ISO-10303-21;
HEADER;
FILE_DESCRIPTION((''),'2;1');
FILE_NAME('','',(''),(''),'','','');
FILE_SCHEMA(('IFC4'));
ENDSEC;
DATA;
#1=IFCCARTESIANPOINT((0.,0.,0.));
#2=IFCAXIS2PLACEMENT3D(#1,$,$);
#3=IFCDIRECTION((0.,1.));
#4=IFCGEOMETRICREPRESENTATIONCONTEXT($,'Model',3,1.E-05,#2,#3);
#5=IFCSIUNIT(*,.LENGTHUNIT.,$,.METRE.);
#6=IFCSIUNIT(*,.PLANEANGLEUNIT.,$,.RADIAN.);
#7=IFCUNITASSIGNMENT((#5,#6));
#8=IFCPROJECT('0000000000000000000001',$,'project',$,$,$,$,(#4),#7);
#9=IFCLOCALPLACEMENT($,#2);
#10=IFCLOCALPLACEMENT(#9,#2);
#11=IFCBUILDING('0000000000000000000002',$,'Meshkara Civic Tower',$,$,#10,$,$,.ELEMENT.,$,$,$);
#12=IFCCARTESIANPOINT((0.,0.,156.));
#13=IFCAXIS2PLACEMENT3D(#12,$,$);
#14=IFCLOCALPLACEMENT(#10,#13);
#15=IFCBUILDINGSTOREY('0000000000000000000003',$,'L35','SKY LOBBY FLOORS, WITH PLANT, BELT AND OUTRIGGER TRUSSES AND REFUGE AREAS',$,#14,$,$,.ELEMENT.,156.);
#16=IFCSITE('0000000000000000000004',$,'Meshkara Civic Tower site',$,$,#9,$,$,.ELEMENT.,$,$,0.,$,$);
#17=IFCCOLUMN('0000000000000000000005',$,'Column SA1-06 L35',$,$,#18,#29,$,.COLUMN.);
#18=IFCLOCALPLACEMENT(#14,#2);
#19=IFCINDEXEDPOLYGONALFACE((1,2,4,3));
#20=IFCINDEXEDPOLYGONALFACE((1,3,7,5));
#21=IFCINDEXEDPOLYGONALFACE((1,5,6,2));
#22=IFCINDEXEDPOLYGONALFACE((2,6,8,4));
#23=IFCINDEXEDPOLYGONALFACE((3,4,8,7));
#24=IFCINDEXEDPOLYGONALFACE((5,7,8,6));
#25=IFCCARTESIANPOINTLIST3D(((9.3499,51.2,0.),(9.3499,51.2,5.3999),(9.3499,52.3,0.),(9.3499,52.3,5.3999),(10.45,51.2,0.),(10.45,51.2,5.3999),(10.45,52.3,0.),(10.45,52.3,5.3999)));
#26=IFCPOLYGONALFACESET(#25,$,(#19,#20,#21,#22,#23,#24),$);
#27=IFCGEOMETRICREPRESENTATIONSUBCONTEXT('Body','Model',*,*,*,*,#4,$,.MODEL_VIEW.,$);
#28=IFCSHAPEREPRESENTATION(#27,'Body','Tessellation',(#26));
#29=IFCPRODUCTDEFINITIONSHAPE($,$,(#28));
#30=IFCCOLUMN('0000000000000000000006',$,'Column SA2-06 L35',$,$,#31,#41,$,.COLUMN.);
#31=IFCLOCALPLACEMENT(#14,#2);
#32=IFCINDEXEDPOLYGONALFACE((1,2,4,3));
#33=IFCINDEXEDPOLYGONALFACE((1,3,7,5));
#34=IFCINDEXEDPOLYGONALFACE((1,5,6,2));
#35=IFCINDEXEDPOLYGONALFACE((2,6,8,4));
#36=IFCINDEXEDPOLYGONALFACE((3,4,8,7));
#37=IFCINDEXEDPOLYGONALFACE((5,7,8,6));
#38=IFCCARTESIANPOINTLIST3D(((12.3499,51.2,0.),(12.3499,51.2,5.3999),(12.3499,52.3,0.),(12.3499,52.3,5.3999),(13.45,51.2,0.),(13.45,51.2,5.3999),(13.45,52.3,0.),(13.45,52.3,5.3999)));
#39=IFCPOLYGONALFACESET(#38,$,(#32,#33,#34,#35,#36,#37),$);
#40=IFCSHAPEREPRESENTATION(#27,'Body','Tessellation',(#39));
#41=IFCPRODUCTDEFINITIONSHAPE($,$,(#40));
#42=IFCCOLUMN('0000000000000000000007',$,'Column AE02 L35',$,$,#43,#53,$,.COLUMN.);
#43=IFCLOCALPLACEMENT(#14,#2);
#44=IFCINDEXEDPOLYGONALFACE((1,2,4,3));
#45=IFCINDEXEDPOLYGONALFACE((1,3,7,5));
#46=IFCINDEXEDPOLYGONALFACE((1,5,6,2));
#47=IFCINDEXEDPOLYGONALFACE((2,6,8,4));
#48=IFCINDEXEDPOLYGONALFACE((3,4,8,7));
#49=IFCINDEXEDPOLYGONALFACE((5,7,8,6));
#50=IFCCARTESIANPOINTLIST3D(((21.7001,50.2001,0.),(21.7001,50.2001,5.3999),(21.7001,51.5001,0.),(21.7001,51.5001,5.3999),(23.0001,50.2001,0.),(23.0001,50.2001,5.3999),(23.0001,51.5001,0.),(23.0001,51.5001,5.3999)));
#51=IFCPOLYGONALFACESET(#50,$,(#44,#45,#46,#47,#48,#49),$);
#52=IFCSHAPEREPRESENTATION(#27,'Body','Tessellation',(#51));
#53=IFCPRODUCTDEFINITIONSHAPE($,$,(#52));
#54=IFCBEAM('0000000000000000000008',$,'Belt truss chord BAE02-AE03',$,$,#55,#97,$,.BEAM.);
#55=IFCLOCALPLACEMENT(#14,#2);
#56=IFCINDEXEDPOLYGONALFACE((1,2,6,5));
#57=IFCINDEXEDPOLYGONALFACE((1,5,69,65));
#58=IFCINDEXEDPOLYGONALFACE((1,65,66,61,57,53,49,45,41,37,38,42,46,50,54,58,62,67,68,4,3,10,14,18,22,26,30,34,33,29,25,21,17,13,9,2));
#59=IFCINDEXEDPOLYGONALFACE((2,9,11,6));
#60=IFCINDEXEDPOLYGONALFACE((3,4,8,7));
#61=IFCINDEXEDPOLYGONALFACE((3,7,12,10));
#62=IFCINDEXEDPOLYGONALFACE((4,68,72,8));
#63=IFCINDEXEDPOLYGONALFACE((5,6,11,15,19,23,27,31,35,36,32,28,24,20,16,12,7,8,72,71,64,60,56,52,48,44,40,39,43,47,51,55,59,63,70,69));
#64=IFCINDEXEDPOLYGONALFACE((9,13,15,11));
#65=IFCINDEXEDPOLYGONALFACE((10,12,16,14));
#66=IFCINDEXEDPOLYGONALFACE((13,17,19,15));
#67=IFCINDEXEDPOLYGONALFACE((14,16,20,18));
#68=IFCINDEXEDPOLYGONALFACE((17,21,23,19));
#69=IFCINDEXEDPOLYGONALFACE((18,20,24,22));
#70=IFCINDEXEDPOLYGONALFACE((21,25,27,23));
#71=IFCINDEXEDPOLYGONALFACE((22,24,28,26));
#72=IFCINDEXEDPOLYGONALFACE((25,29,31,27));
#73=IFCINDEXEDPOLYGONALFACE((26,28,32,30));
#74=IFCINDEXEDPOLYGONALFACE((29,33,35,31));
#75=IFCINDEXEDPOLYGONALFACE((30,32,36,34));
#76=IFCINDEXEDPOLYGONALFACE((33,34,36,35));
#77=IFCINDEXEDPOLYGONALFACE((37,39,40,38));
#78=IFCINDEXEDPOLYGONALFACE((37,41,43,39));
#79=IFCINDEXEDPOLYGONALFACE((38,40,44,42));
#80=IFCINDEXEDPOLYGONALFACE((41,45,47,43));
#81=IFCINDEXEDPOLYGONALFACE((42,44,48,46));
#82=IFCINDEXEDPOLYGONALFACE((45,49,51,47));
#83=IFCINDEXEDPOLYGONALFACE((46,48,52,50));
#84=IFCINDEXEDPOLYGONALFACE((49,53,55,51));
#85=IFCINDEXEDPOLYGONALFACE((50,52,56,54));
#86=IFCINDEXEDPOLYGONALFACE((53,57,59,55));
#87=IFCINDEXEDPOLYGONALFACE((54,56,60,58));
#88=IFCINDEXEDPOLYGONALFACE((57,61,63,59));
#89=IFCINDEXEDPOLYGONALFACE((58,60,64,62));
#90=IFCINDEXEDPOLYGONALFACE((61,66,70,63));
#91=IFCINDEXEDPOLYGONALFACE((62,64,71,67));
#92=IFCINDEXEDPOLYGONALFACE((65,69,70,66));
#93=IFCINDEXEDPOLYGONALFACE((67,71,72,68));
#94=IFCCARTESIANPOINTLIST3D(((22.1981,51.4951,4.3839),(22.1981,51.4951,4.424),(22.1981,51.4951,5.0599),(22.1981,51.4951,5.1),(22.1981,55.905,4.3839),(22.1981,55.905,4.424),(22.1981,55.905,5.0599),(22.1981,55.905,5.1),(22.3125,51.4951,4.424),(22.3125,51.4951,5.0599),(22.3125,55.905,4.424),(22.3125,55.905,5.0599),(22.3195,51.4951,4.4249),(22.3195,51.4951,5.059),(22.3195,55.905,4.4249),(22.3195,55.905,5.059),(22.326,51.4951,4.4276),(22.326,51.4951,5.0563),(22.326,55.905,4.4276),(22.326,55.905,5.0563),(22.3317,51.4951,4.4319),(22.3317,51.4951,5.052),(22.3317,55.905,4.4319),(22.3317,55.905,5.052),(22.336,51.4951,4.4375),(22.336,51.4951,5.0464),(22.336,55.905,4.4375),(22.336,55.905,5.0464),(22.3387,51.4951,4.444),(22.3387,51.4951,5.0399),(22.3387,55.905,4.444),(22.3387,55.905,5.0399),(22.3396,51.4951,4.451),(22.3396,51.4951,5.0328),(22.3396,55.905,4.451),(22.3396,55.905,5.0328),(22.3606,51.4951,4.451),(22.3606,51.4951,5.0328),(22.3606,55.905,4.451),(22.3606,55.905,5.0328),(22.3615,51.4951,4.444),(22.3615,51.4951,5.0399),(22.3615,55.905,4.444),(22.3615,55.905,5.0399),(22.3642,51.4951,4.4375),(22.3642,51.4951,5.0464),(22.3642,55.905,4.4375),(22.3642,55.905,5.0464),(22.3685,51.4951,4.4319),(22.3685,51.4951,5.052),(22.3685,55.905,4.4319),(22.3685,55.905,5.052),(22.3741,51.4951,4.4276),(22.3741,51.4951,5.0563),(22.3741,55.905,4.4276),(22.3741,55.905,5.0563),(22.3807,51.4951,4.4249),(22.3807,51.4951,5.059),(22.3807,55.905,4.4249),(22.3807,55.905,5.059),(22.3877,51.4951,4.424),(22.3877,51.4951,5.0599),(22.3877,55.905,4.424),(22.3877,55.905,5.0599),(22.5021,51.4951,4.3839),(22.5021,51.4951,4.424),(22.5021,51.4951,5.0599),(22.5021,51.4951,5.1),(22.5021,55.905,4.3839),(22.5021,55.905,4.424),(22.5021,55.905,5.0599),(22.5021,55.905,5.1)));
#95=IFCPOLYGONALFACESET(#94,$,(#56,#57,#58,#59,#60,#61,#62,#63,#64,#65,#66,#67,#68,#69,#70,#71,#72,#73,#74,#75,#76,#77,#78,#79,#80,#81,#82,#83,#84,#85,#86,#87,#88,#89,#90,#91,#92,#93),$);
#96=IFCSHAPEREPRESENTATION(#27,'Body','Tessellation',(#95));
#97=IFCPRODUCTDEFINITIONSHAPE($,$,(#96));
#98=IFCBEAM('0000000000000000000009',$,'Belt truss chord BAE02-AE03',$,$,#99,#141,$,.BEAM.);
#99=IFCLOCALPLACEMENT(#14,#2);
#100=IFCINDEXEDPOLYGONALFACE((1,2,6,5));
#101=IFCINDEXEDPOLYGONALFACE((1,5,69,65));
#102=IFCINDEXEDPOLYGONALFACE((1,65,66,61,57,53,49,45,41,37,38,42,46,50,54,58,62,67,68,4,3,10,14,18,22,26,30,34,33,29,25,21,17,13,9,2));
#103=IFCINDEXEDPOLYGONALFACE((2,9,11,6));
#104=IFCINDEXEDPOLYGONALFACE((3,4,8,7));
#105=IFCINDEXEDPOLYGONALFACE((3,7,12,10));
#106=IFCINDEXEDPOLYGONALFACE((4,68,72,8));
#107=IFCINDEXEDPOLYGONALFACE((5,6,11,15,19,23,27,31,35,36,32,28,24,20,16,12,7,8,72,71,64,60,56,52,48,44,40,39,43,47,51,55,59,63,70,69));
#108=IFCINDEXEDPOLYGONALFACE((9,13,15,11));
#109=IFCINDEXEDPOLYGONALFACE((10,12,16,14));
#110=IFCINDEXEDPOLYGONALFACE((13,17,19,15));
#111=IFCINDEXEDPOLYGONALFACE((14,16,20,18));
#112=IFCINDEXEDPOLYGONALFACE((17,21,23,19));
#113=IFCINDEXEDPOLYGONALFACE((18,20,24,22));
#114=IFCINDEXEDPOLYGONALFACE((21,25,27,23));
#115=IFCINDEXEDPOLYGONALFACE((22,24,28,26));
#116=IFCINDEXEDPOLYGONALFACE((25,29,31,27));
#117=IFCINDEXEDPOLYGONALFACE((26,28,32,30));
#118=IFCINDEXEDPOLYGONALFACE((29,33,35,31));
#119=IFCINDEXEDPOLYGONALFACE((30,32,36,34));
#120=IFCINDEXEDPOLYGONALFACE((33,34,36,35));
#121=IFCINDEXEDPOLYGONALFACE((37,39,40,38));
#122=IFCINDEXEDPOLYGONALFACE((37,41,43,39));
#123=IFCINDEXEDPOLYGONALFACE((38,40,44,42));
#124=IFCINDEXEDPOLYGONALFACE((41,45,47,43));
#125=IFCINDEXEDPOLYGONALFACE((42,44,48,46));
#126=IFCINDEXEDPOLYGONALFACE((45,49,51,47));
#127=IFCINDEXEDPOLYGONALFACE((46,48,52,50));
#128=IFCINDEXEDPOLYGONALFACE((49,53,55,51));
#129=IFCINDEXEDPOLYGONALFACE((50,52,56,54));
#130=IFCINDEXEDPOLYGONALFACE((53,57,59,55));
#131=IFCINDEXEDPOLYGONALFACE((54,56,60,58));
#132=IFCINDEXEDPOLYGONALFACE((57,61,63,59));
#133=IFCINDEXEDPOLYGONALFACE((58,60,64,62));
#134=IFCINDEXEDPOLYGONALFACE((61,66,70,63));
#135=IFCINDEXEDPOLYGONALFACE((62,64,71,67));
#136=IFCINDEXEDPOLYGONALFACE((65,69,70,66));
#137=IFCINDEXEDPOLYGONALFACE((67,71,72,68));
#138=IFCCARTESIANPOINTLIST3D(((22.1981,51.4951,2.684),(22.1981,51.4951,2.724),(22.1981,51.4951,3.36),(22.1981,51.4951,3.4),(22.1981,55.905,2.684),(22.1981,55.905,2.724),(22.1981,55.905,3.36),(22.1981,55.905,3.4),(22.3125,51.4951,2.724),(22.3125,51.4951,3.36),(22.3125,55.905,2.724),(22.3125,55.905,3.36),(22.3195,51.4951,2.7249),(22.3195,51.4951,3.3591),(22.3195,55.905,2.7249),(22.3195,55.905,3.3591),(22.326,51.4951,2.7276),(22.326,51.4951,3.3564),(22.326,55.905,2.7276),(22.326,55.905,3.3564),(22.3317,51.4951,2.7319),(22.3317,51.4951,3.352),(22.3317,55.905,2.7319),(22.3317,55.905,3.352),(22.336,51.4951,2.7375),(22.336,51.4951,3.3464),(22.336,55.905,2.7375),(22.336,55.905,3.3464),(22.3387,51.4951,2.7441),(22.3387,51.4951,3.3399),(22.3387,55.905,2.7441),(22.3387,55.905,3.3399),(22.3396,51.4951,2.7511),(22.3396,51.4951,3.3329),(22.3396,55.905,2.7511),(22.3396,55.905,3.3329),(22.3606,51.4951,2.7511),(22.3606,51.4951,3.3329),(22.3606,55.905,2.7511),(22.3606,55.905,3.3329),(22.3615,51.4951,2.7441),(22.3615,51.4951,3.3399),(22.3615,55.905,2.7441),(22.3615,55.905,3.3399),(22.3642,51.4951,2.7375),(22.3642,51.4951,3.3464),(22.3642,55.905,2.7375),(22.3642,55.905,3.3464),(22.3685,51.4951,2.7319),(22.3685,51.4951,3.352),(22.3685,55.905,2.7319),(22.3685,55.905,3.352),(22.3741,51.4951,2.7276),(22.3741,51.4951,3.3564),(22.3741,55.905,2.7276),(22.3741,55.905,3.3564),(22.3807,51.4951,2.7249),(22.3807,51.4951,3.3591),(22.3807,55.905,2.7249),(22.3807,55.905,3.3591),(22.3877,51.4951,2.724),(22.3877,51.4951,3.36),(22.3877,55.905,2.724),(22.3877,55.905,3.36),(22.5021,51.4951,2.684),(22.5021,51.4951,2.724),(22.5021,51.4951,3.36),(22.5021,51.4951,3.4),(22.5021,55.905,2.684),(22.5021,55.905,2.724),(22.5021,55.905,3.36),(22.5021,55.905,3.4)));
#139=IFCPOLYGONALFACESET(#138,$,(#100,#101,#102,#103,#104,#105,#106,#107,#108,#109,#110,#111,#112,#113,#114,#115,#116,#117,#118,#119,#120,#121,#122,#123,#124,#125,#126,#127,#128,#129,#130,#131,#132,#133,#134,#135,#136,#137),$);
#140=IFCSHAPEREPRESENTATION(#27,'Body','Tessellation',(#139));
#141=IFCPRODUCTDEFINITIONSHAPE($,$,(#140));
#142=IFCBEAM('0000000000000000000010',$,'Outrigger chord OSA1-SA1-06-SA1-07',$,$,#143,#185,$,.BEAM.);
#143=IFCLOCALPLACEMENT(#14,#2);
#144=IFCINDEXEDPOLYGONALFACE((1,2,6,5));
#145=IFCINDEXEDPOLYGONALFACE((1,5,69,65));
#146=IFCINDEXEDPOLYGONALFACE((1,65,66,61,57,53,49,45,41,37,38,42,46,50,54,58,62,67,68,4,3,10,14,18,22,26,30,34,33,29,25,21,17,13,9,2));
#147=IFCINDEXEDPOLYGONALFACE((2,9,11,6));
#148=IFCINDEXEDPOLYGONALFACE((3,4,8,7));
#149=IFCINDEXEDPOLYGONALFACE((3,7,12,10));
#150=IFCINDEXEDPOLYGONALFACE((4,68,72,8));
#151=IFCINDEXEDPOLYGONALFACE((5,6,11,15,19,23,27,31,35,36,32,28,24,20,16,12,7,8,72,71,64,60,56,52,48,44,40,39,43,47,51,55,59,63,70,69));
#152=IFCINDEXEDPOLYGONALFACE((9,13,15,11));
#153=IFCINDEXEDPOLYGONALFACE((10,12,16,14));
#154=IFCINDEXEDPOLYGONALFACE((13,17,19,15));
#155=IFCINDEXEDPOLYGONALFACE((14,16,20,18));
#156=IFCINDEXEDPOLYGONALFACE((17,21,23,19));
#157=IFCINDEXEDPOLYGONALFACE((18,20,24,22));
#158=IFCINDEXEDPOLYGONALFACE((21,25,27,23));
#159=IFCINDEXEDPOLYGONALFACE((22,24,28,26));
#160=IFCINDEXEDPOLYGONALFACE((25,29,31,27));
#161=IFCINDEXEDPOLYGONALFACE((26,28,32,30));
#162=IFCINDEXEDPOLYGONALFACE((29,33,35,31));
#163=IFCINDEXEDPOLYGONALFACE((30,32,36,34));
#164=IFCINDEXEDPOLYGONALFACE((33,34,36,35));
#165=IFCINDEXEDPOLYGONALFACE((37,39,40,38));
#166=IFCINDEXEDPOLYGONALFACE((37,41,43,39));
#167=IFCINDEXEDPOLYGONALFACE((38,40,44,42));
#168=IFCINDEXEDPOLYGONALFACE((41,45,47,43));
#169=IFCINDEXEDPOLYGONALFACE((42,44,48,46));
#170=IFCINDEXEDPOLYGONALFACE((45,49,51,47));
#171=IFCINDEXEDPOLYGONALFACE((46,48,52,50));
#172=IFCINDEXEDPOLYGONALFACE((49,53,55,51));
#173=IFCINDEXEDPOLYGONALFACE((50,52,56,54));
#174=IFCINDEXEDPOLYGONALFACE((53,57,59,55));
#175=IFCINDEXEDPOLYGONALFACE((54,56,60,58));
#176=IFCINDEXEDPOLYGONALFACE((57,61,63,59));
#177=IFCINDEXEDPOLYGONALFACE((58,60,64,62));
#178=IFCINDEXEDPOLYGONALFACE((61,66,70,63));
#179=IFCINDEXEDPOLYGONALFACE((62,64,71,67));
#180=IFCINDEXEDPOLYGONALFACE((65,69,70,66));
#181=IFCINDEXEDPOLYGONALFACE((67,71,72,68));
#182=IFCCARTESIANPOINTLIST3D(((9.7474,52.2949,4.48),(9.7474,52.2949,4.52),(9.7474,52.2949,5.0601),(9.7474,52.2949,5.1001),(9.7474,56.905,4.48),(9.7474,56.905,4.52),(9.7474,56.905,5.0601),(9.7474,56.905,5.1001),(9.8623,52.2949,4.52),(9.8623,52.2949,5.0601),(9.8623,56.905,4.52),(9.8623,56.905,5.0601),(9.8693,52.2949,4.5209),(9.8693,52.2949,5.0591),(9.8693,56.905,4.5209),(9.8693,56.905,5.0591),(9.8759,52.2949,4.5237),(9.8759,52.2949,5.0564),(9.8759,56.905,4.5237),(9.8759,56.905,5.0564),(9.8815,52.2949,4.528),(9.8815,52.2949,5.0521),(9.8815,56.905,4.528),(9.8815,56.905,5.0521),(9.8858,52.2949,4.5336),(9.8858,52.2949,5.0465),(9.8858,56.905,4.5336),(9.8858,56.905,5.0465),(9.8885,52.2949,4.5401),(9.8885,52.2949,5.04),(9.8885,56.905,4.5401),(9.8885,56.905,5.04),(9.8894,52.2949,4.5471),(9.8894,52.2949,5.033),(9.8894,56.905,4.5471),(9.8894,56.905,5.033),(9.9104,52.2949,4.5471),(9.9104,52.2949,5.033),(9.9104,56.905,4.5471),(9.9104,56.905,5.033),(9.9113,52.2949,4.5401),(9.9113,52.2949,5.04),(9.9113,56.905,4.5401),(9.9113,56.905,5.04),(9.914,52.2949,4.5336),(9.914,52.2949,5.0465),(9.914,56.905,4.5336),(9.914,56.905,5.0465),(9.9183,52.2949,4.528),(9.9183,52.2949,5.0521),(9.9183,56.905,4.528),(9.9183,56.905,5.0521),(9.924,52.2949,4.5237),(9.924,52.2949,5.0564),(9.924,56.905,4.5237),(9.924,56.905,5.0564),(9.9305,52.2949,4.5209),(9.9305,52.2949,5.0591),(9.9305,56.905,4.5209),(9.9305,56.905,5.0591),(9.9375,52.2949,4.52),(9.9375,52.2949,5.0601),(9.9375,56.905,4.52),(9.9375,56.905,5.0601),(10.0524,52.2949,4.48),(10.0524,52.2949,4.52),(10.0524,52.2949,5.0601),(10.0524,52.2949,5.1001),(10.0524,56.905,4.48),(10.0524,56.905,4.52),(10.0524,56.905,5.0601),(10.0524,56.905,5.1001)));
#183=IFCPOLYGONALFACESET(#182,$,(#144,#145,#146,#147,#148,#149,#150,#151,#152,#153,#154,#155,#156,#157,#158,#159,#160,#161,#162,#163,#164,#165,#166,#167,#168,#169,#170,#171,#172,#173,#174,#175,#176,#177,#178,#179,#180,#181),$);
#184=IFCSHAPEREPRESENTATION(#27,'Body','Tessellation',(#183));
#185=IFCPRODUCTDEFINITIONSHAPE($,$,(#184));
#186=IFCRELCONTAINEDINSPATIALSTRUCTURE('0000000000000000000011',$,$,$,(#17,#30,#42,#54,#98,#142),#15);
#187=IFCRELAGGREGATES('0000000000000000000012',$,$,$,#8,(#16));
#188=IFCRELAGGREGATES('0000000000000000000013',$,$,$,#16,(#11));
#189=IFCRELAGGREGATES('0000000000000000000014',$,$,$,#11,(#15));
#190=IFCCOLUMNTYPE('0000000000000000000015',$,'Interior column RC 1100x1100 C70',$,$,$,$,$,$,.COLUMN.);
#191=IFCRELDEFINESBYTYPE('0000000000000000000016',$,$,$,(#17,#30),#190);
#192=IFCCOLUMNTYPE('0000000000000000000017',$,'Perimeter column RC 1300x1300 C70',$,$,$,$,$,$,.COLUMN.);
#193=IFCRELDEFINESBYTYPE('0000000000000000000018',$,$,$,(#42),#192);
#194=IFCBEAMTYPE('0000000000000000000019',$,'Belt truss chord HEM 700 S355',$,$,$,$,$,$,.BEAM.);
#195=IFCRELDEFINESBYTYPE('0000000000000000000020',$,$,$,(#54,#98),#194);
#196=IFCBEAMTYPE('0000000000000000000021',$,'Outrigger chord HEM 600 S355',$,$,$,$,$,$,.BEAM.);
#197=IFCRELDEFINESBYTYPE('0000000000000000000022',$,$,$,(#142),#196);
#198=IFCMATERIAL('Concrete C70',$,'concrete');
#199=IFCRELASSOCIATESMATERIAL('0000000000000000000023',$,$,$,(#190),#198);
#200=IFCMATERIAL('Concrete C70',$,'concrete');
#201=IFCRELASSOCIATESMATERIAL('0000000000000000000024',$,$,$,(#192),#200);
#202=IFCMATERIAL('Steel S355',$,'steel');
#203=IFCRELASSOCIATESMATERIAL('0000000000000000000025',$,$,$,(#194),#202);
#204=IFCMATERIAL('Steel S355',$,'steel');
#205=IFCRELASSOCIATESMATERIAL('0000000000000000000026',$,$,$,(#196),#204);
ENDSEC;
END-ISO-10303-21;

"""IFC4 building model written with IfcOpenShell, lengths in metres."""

from ifc_helpers import new_model, si_unit, direction, frame, origin, origin_2d, place, context, subcontext, project, spatial, rectangle, i_section, extrude, material, material_profile, profile_set, type_object, element, save


model = new_model("IFC4")

# Units and contexts
model_context = context("Model", 3, precision=1e-05, world=origin(), true_north=direction((0.0, 1.0)))
body_context = subcontext(model_context, "Body", "Model", "MODEL_VIEW")
ifc_project = project(units=[si_unit("LENGTHUNIT", "METRE"), si_unit("PLANEANGLEUNIT", "RADIAN")], contexts=[model_context])

# Site, building, storey
site_placement = place(None, origin())
site = spatial("IfcSite", under=ifc_project, at=site_placement, Name="Meshkara Civic Tower site", CompositionType="ELEMENT", RefElevation=0.0)
building_placement = place(site_placement, origin())
building = spatial("IfcBuilding", under=site, at=building_placement, Name="Meshkara Civic Tower", CompositionType="ELEMENT")
storey_placement = place(building_placement, frame((0.0, 0.0, 156.0)))
storey = spatial("IfcBuildingStorey", under=building, at=storey_placement, Name="L35", Description="SKY LOBBY FLOORS, WITH PLANT, BELT AND OUTRIGGER TRUSSES AND REFUGE AREAS", CompositionType="ELEMENT", Elevation=156.0)

# Columns
ifc_material_1 = material(Name="Concrete C70", Category="concrete")
ifc_material_profile_1 = material_profile(ifc_material_1, rectangle(XDim=1.1001, YDim=1.1001, at=origin_2d()))
ifc_profile_set_1 = profile_set([ifc_material_profile_1], Name="Concrete C70")
column_type_1 = type_object("IfcColumnType", Name="Interior column RC 1100x1100 C70", PredefinedType="COLUMN", material=ifc_profile_set_1)
for number, where, z_axis, x_axis, name in (
    (1, (9.8999, 51.75, 0.0), (0.0, 0.0, 1.0), (1.0, 0.0, 0.0), "Column SA1-06 L35"),
    (2, (12.8999, 51.75, 0.0), (0.0, 0.0, 1.0), (1.0, 0.0, 0.0), "Column SA2-06 L35"),
):
    element("IfcColumn", number, at=place(storey_placement, frame(where, z_axis=z_axis, x_axis=x_axis)), inside=storey, type_object=column_type_1, Name=name, PredefinedType="COLUMN", context=body_context, shape_type="SweptSolid", body=[
        extrude(rectangle(XDim=1.1001, YDim=1.1001, at=origin_2d()), origin(), (0.0, 0.0, 1.0), 5.3999),
    ])
ifc_material_2 = material(Name="Concrete C70", Category="concrete")
ifc_material_profile_2 = material_profile(ifc_material_2, rectangle(XDim=1.3, YDim=1.3, at=origin_2d()))
ifc_profile_set_2 = profile_set([ifc_material_profile_2], Name="Concrete C70")
column_type_2 = type_object("IfcColumnType", Name="Perimeter column RC 1300x1300 C70", PredefinedType="COLUMN", material=ifc_profile_set_2)
column_placement = place(storey_placement, frame((22.3501, 50.8501, 0.0), z_axis=(0.0, 0.0, 1.0), x_axis=(1.0, 0.0, 0.0)))
element("IfcColumn", 3, at=column_placement, inside=storey, type_object=column_type_2, Name="Column AE02 L35", PredefinedType="COLUMN", context=body_context, shape_type="SweptSolid", body=[
    extrude(rectangle(XDim=1.3, YDim=1.3, at=origin_2d()), origin(), (0.0, 0.0, 1.0), 5.3999),
])

# Beams
ifc_material_3 = material(Name="Steel S355", Category="steel")
ifc_material_profile_3 = material_profile(ifc_material_3, i_section(OverallWidth=0.304, OverallDepth=0.7161, WebThickness=0.021, FlangeThickness=0.04, FilletRadius=0.0271, at=origin_2d()))
ifc_profile_set_3 = profile_set([ifc_material_profile_3], Name="Steel S355")
beam_type_1 = type_object("IfcBeamType", Name="Belt truss chord HEM 700 S355", PredefinedType="BEAM", material=ifc_profile_set_3)
for number, where, z_axis, x_axis, name in (
    (4, (22.3501, 51.4951, 4.7419), (0.0, 1.0, 0.0), (-1.0, 0.0, 0.0), "Belt truss chord BAE02-AE03"),
    (5, (22.3501, 51.4951, 3.042), (0.0, 1.0, 0.0), (-1.0, 0.0, 0.0), "Belt truss chord BAE02-AE03"),
):
    element("IfcBeam", number, at=place(storey_placement, frame(where, z_axis=z_axis, x_axis=x_axis)), inside=storey, type_object=beam_type_1, Name=name, PredefinedType="BEAM", context=body_context, shape_type="SweptSolid", body=[
        extrude(i_section(OverallWidth=0.304, OverallDepth=0.7161, WebThickness=0.021, FlangeThickness=0.04, FilletRadius=0.0271, at=origin_2d()), origin(), (0.0, 0.0, 1.0), 4.4099),
    ])
ifc_material_4 = material(Name="Steel S355", Category="steel")
ifc_material_profile_4 = material_profile(ifc_material_4, i_section(OverallWidth=0.3049, OverallDepth=0.6201, WebThickness=0.021, FlangeThickness=0.04, FilletRadius=0.0271, at=origin_2d()))
ifc_profile_set_4 = profile_set([ifc_material_profile_4], Name="Steel S355")
beam_type_2 = type_object("IfcBeamType", Name="Outrigger chord HEM 600 S355", PredefinedType="BEAM", material=ifc_profile_set_4)
for number, where, z_axis, x_axis, name in (
    (6, (9.8999, 52.2949, 4.79), (0.0, 1.0, 0.0), (-1.0, 0.0, 0.0), "Outrigger chord OSA1-SA1-06-SA1-07"),
):
    element("IfcBeam", number, at=place(storey_placement, frame(where, z_axis=z_axis, x_axis=x_axis)), inside=storey, type_object=beam_type_2, Name=name, PredefinedType="BEAM", context=body_context, shape_type="SweptSolid", body=[
        extrude(i_section(OverallWidth=0.3049, OverallDepth=0.6201, WebThickness=0.021, FlangeThickness=0.04, FilletRadius=0.0271, at=origin_2d()), origin(), (0.0, 0.0, 1.0), 4.6101),
    ])

save(model, "model.ifc")
